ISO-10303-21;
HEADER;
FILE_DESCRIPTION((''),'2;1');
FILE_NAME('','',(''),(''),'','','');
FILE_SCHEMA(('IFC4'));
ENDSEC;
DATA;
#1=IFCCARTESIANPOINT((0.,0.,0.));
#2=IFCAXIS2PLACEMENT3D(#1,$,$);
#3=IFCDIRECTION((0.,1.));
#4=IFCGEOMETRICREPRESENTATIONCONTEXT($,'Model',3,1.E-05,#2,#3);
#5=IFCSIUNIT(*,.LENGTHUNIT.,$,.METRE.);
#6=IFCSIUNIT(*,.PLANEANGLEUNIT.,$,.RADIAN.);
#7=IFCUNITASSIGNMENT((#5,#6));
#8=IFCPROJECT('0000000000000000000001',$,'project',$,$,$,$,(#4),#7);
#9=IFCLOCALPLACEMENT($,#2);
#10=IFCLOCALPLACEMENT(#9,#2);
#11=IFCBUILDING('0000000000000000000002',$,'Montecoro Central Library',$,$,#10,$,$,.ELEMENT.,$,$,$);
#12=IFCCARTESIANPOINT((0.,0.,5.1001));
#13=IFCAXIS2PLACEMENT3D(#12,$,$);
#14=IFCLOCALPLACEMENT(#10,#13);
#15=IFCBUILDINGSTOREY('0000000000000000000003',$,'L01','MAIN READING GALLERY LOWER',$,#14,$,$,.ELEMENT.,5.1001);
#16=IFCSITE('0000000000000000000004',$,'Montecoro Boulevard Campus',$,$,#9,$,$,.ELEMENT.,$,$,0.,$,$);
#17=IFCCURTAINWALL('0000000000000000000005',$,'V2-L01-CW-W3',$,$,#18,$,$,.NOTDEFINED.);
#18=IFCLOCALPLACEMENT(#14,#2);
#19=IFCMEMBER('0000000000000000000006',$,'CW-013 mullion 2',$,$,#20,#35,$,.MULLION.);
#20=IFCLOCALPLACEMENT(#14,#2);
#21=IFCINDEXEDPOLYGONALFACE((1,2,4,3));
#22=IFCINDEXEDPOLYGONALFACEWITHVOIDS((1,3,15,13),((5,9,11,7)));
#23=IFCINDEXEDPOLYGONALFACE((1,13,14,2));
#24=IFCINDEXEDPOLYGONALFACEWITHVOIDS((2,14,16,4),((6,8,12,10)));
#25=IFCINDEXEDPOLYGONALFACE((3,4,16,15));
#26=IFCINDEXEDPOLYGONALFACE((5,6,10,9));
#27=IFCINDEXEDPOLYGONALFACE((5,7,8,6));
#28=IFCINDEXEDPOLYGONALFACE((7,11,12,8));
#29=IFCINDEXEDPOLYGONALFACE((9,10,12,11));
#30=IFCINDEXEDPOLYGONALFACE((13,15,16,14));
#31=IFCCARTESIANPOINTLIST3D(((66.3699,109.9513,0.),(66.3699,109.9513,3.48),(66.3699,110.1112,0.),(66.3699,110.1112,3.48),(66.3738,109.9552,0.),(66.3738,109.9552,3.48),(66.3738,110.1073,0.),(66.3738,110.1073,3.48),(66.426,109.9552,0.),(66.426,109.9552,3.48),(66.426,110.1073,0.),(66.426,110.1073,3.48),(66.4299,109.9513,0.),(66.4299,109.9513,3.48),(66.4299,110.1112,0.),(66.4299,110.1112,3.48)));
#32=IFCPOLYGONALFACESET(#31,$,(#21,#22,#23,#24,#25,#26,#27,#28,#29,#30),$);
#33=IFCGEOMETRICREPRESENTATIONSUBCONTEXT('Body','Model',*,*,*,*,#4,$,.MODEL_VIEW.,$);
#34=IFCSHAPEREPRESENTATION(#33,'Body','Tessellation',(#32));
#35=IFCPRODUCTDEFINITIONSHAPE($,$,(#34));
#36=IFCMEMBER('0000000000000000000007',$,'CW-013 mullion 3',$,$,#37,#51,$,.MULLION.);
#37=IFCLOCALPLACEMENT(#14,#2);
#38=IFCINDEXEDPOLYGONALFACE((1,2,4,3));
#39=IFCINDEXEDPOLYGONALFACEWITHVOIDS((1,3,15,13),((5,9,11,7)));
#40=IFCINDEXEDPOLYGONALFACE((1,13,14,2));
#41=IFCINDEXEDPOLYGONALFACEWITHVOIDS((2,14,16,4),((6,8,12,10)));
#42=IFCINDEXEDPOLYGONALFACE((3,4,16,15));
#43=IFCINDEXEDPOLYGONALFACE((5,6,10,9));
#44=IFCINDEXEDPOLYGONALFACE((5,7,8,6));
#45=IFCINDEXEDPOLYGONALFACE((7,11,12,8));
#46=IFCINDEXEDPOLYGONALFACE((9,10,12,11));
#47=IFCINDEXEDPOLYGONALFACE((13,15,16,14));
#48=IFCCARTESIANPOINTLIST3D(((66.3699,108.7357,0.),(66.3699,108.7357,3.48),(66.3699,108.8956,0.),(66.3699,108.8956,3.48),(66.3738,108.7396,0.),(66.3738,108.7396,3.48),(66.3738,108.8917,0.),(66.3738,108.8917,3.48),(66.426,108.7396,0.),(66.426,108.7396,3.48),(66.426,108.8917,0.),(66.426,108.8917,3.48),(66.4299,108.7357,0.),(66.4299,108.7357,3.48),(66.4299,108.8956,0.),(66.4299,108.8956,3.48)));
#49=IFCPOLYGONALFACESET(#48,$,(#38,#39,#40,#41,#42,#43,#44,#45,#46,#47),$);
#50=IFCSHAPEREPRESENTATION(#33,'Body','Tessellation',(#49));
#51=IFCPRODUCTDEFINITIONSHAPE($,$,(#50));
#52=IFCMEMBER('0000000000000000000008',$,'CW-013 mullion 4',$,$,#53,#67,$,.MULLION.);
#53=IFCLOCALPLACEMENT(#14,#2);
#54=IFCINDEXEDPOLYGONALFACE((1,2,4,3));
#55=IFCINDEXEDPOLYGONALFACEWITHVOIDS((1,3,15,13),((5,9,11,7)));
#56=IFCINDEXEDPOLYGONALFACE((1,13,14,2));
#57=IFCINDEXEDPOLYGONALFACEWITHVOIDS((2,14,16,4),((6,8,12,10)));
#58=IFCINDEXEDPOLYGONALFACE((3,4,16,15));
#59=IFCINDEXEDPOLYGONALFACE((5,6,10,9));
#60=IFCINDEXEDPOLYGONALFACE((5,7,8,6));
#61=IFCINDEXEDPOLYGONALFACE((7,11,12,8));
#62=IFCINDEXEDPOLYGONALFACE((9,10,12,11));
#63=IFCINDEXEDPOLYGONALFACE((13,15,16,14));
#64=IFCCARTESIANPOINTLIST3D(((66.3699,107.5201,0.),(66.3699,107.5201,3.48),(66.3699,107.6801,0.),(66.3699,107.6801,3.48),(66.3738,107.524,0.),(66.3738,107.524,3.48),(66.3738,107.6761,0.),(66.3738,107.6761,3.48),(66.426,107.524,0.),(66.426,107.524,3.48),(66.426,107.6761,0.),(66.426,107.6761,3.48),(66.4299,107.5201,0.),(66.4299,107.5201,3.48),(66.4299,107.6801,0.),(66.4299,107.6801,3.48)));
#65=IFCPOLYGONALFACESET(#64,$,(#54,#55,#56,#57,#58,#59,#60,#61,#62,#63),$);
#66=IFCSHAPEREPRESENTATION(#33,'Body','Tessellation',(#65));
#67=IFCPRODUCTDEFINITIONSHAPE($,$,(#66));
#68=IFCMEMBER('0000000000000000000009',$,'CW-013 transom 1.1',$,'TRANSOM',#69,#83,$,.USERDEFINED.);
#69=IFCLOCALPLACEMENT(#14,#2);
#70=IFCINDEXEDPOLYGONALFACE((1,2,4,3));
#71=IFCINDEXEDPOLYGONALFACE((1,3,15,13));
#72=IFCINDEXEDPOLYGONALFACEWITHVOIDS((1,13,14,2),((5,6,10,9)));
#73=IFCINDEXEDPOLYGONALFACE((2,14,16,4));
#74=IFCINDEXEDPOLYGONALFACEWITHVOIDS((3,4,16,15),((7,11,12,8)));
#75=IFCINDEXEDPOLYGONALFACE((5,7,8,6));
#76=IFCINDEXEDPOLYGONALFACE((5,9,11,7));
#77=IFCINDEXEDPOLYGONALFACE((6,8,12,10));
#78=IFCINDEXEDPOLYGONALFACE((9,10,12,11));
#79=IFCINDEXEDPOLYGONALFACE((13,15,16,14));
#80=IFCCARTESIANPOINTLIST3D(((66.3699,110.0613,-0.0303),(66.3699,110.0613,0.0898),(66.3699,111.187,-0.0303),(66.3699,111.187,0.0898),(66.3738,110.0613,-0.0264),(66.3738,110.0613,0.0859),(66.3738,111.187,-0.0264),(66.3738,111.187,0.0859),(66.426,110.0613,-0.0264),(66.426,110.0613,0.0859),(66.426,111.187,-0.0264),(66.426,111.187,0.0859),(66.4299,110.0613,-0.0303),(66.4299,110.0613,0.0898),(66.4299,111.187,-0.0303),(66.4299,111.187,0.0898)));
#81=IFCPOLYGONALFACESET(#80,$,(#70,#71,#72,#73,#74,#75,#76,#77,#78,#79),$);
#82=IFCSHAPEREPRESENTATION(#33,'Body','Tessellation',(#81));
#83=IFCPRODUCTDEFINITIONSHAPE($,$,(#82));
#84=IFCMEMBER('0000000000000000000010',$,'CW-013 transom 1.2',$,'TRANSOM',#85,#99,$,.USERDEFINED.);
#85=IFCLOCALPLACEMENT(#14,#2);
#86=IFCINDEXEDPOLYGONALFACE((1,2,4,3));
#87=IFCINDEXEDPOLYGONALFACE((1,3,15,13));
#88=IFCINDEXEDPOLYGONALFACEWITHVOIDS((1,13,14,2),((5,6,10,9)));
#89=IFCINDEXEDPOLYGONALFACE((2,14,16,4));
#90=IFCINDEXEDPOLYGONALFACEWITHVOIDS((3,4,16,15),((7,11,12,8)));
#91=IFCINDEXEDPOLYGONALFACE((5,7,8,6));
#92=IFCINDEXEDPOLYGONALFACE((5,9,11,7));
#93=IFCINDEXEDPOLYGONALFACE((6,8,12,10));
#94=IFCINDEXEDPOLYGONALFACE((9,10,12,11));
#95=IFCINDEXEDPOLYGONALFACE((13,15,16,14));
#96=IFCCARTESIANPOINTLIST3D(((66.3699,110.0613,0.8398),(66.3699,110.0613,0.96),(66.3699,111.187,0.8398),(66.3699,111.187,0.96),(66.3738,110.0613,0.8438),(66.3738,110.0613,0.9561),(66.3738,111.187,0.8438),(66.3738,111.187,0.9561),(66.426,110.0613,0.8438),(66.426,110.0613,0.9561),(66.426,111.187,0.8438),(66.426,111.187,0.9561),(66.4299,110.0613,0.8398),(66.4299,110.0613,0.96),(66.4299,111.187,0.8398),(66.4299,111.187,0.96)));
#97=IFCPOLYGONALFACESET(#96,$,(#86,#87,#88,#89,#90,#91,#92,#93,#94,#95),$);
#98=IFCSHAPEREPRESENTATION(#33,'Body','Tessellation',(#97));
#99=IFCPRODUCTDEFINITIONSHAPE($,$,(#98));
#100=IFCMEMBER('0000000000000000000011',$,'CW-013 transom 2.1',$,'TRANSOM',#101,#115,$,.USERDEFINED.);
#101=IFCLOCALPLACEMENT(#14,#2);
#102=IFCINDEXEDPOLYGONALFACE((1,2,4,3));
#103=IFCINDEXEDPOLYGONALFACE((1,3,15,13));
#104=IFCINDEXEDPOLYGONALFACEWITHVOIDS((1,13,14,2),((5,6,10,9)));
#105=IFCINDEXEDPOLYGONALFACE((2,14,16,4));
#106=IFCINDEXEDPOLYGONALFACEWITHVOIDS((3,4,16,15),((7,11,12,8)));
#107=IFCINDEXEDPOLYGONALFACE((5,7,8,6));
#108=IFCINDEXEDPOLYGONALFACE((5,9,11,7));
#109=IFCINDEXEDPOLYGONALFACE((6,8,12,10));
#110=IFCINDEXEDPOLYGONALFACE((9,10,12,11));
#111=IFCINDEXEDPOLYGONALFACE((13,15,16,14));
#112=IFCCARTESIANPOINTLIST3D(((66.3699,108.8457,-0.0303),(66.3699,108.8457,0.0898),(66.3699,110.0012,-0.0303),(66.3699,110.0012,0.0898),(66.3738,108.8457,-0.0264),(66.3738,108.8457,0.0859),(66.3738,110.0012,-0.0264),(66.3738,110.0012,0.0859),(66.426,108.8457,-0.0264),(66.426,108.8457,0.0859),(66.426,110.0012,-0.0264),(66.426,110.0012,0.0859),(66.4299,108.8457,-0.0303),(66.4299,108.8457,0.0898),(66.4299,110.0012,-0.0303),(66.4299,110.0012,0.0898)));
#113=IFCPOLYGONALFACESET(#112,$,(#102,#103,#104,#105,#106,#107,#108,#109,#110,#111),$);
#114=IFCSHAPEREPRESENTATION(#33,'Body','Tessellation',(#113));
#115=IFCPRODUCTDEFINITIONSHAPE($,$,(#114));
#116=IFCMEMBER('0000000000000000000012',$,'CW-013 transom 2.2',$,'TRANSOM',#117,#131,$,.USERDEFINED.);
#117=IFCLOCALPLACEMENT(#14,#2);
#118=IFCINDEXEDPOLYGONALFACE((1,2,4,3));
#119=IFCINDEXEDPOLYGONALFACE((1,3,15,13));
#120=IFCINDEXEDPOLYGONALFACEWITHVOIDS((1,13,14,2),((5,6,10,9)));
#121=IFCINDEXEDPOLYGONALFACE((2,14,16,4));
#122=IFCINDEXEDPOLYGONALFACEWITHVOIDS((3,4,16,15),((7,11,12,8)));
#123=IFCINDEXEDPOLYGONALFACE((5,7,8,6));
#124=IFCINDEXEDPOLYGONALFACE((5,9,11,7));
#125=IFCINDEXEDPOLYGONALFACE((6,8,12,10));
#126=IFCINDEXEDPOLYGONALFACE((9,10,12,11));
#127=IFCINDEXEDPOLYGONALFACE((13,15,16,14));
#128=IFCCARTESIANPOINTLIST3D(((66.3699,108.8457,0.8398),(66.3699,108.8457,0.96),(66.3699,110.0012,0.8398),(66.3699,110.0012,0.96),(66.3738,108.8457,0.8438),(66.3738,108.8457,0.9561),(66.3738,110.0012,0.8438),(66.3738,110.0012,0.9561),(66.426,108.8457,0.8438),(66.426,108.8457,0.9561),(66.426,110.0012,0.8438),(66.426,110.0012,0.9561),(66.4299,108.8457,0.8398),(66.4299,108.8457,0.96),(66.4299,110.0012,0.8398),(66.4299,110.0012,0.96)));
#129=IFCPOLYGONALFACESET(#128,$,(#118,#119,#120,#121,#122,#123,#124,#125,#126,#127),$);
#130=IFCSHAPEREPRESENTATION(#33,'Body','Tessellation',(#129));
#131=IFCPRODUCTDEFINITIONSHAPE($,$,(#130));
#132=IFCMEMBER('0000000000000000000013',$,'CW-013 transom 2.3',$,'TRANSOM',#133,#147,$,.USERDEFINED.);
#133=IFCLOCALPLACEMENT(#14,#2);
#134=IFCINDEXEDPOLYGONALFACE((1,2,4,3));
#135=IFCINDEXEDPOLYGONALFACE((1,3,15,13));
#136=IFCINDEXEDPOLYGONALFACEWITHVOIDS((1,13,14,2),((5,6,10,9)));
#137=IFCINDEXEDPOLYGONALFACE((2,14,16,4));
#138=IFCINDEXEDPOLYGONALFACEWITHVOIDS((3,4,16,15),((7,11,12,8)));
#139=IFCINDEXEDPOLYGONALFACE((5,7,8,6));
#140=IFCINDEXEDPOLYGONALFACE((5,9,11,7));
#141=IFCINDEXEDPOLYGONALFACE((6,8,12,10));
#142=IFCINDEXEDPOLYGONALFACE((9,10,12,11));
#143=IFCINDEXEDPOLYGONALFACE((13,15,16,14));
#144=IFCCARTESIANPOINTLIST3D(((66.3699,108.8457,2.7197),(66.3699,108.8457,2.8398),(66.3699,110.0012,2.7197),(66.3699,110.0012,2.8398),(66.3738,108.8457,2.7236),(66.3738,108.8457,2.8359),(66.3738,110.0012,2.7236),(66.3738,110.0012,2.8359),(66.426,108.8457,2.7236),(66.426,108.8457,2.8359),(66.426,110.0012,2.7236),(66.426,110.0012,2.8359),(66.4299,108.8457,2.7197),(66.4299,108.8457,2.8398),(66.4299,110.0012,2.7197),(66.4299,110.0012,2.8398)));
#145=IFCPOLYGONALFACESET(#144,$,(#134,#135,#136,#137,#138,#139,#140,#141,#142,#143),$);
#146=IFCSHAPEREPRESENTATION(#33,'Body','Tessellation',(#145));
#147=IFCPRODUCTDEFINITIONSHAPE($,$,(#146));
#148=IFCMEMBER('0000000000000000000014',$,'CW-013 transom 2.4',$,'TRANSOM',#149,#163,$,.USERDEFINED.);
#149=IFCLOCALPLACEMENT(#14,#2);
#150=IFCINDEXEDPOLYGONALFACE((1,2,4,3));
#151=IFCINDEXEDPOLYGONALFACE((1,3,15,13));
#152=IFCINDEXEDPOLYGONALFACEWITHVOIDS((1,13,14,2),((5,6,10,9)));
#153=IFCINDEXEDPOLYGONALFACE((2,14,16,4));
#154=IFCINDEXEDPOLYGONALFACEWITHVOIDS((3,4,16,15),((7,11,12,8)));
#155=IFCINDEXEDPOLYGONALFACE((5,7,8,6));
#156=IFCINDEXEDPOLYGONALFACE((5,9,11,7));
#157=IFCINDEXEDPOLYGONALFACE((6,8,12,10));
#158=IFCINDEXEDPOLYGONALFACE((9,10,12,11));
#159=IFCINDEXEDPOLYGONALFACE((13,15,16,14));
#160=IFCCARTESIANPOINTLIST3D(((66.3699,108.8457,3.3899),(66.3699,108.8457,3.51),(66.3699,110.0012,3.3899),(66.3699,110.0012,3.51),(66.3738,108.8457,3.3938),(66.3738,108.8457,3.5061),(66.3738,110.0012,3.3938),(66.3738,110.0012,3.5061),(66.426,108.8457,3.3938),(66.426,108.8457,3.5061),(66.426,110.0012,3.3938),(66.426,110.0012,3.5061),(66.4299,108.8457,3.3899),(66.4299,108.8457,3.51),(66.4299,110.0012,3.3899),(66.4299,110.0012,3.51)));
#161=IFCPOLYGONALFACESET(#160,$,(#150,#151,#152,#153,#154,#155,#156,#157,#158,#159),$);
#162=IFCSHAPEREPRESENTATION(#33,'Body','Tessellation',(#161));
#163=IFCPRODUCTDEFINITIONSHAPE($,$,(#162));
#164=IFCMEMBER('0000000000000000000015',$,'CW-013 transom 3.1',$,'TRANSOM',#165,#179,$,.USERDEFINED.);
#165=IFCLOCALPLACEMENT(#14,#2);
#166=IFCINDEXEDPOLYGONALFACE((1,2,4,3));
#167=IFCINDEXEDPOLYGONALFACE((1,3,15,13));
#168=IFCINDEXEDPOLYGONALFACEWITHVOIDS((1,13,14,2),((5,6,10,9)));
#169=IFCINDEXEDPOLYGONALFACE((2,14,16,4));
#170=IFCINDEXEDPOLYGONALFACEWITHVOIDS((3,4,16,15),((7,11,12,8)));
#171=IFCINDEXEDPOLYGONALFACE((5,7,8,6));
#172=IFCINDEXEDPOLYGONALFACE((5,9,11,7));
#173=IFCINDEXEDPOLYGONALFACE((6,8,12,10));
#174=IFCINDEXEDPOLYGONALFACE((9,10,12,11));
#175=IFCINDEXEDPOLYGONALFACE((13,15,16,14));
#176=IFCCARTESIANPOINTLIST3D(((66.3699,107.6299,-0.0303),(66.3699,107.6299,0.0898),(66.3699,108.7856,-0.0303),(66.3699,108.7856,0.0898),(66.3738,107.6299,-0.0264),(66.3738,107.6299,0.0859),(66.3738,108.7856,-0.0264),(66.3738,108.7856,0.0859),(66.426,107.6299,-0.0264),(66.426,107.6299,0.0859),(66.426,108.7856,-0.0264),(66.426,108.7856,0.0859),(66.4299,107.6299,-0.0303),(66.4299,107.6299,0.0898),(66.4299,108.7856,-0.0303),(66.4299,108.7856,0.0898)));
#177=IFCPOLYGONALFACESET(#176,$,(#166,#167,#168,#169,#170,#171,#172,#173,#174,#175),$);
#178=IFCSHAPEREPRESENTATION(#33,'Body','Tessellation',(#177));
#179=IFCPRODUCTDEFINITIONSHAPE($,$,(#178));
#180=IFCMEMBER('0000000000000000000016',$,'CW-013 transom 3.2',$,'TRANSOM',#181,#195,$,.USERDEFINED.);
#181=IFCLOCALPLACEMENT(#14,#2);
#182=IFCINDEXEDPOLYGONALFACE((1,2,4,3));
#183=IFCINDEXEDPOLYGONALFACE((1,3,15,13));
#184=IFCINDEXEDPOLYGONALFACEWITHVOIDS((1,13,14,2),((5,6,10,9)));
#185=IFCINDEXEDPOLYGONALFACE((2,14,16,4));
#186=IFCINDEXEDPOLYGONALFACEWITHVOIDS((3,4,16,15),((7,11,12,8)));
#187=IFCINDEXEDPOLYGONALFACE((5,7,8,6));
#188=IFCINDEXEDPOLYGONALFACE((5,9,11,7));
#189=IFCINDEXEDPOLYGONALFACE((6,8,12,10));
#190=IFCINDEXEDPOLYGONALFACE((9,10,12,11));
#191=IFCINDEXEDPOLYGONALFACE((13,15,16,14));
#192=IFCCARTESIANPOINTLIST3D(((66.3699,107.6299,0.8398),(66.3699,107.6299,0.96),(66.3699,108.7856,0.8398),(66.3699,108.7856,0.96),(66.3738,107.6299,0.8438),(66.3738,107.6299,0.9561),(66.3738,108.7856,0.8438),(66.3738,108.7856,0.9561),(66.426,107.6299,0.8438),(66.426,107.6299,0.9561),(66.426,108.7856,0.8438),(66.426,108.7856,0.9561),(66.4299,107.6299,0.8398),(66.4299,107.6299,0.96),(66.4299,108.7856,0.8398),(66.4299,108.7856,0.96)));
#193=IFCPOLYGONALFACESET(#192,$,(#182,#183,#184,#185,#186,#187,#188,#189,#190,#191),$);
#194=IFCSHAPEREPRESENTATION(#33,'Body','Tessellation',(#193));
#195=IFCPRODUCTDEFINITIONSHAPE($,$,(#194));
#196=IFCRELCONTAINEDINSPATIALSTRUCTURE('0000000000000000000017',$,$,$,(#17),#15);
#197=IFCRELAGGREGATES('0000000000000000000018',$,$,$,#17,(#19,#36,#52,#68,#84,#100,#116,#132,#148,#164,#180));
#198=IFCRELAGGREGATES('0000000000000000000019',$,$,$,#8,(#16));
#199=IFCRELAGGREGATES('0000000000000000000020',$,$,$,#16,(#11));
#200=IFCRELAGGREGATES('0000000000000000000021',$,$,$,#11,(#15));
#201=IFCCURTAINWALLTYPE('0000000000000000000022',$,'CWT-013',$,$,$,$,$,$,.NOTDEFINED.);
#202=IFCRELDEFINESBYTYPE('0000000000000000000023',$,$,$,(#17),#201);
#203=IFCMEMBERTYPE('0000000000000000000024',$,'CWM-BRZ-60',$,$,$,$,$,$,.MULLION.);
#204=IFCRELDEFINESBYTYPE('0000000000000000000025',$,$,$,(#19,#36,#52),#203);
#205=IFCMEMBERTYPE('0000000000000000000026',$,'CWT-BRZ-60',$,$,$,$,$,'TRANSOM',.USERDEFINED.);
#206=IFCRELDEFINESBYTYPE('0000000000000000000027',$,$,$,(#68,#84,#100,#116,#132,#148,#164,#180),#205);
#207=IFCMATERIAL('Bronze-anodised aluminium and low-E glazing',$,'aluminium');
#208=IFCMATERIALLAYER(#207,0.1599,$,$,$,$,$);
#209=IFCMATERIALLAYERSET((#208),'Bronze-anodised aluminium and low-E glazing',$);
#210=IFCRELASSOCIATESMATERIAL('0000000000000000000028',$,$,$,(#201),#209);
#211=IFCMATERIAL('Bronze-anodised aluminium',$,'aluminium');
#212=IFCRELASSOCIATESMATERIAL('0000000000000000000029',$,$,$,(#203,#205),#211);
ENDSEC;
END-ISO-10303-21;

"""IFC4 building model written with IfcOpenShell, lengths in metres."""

from ifc_helpers import new_model, si_unit, direction, frame, origin, origin_2d, place, context, subcontext, project, spatial, hollow_rectangle, extrude, material, layer, layer_set, material_profile, profile_set, type_object, element, aggregate, save


model = new_model("IFC4")

# Units and contexts
model_context = context("Model", 3, precision=1e-05, world=origin(), true_north=direction((0.0, 1.0)))
body_context = subcontext(model_context, "Body", "Model", "MODEL_VIEW")
ifc_project = project(units=[si_unit("LENGTHUNIT", "METRE"), si_unit("PLANEANGLEUNIT", "RADIAN")], contexts=[model_context])

# Site, building, storey
site_placement = place(None, origin())
site = spatial("IfcSite", under=ifc_project, at=site_placement, Name="Montecoro Boulevard Campus", CompositionType="ELEMENT", RefElevation=0.0)
building_placement = place(site_placement, origin())
building = spatial("IfcBuilding", under=site, at=building_placement, Name="Montecoro Central Library", CompositionType="ELEMENT")
storey_placement = place(building_placement, frame((0.0, 0.0, 5.1001)))
storey = spatial("IfcBuildingStorey", under=building, at=storey_placement, Name="L01", Description="MAIN READING GALLERY LOWER", CompositionType="ELEMENT", Elevation=5.1001)

# Curtain wall, members
ifc_material_1 = material(Name="Bronze-anodised aluminium and low-E glazing", Category="aluminium")
ifc_layer_1 = layer(ifc_material_1, 0.1599)
ifc_layer_set_1 = layer_set([ifc_layer_1], Name="Bronze-anodised aluminium and low-E glazing")
curtain_wall_type = type_object("IfcCurtainWallType", Name="CWT-013", PredefinedType="NOTDEFINED", material=ifc_layer_set_1)
curtain_wall_placement = place(storey_placement, origin())
curtain_wall = element("IfcCurtainWall", 1, at=curtain_wall_placement, inside=storey, type_object=curtain_wall_type, Name="V2-L01-CW-W3", PredefinedType="NOTDEFINED")
ifc_material_2 = material(Name="Bronze-anodised aluminium", Category="aluminium")
ifc_material_profile_1 = material_profile(ifc_material_2, hollow_rectangle(XDim=0.0601, YDim=0.1599, WallThickness=0.0039, at=origin_2d()), Name="CWM 160x60x4.0")
ifc_profile_set_1 = profile_set([ifc_material_profile_1], Name="Bronze-anodised aluminium")
member_type_1 = type_object("IfcMemberType", Name="CWM-BRZ-60", PredefinedType="MULLION", material=ifc_profile_set_1)
member_1_placement = place(storey_placement, frame((66.3999, 110.0312, 0.0), z_axis=(0.0, 0.0, 1.0), x_axis=(1.0, 0.0, 0.0)))
member_1 = element("IfcMember", 2, at=member_1_placement, type_object=member_type_1, Name="CW-013 mullion 2", PredefinedType="MULLION", context=body_context, shape_type="SweptSolid", body=[
    extrude(hollow_rectangle(XDim=0.0601, YDim=0.1599, WallThickness=0.0039, at=origin_2d()), origin(), (0.0, 0.0, 1.0), 3.48),
])
member_2_placement = place(storey_placement, frame((66.3999, 108.8157, 0.0), z_axis=(0.0, 0.0, 1.0), x_axis=(1.0, 0.0, 0.0)))
member_2 = element("IfcMember", 3, at=member_2_placement, type_object=member_type_1, Name="CW-013 mullion 3", PredefinedType="MULLION", context=body_context, shape_type="SweptSolid", body=[
    extrude(hollow_rectangle(XDim=0.0601, YDim=0.1599, WallThickness=0.0039, at=origin_2d()), origin(), (0.0, 0.0, 1.0), 3.48),
])
member_3_placement = place(storey_placement, frame((66.3999, 107.6001, 0.0), z_axis=(0.0, 0.0, 1.0), x_axis=(1.0, 0.0, 0.0)))
member_3 = element("IfcMember", 4, at=member_3_placement, type_object=member_type_1, Name="CW-013 mullion 4", PredefinedType="MULLION", context=body_context, shape_type="SweptSolid", body=[
    extrude(hollow_rectangle(XDim=0.0601, YDim=0.1599, WallThickness=0.0039, at=origin_2d()), origin(), (0.0, 0.0, 1.0), 3.48),
])
ifc_material_profile_2 = material_profile(ifc_material_2, hollow_rectangle(XDim=0.0601, YDim=0.1201, WallThickness=0.0039, at=origin_2d()), Name="CWT 120x60x4.0")
ifc_profile_set_2 = profile_set([ifc_material_profile_2], Name="Bronze-anodised aluminium")
member_type_2 = type_object("IfcMemberType", Name="CWT-BRZ-60", ElementType="TRANSOM", PredefinedType="USERDEFINED", material=ifc_profile_set_2)
member_4_placement = place(storey_placement, frame((66.3999, 111.187, 0.0298), z_axis=(0.0, -1.0, 0.0), x_axis=(1.0, 0.0, 0.0)))
member_4 = element("IfcMember", 5, at=member_4_placement, type_object=member_type_2, Name="CW-013 transom 1.1", ObjectType="TRANSOM", PredefinedType="USERDEFINED", context=body_context, shape_type="SweptSolid", body=[
    extrude(hollow_rectangle(XDim=0.0601, YDim=0.1201, WallThickness=0.0039, at=origin_2d()), origin(), (0.0, 0.0, 1.0), 1.1257),
])
member_5_placement = place(storey_placement, frame((66.3999, 111.187, 0.8999), z_axis=(0.0, -1.0, 0.0), x_axis=(1.0, 0.0, 0.0)))
member_5 = element("IfcMember", 6, at=member_5_placement, type_object=member_type_2, Name="CW-013 transom 1.2", ObjectType="TRANSOM", PredefinedType="USERDEFINED", context=body_context, shape_type="SweptSolid", body=[
    extrude(hollow_rectangle(XDim=0.0601, YDim=0.1201, WallThickness=0.0039, at=origin_2d()), origin(), (0.0, 0.0, 1.0), 1.1257),
])
member_6_placement = place(storey_placement, frame((66.3999, 110.0012, 0.0298), z_axis=(0.0, -1.0, 0.0), x_axis=(1.0, 0.0, 0.0)))
member_6 = element("IfcMember", 7, at=member_6_placement, type_object=member_type_2, Name="CW-013 transom 2.1", ObjectType="TRANSOM", PredefinedType="USERDEFINED", context=body_context, shape_type="SweptSolid", body=[
    extrude(hollow_rectangle(XDim=0.0601, YDim=0.1201, WallThickness=0.0039, at=origin_2d()), origin(), (0.0, 0.0, 1.0), 1.1555),
])
member_7_placement = place(storey_placement, frame((66.3999, 110.0012, 0.8999), z_axis=(0.0, -1.0, 0.0), x_axis=(1.0, 0.0, 0.0)))
member_7 = element("IfcMember", 8, at=member_7_placement, type_object=member_type_2, Name="CW-013 transom 2.2", ObjectType="TRANSOM", PredefinedType="USERDEFINED", context=body_context, shape_type="SweptSolid", body=[
    extrude(hollow_rectangle(XDim=0.0601, YDim=0.1201, WallThickness=0.0039, at=origin_2d()), origin(), (0.0, 0.0, 1.0), 1.1555),
])
member_8_placement = place(storey_placement, frame((66.3999, 110.0012, 2.7798), z_axis=(0.0, -1.0, 0.0), x_axis=(1.0, 0.0, 0.0)))
member_8 = element("IfcMember", 9, at=member_8_placement, type_object=member_type_2, Name="CW-013 transom 2.3", ObjectType="TRANSOM", PredefinedType="USERDEFINED", context=body_context, shape_type="SweptSolid", body=[
    extrude(hollow_rectangle(XDim=0.0601, YDim=0.1201, WallThickness=0.0039, at=origin_2d()), origin(), (0.0, 0.0, 1.0), 1.1555),
])
member_9_placement = place(storey_placement, frame((66.3999, 110.0012, 3.45), z_axis=(0.0, -1.0, 0.0), x_axis=(1.0, 0.0, 0.0)))
member_9 = element("IfcMember", 10, at=member_9_placement, type_object=member_type_2, Name="CW-013 transom 2.4", ObjectType="TRANSOM", PredefinedType="USERDEFINED", context=body_context, shape_type="SweptSolid", body=[
    extrude(hollow_rectangle(XDim=0.0601, YDim=0.1201, WallThickness=0.0039, at=origin_2d()), origin(), (0.0, 0.0, 1.0), 1.1555),
])
member_10_placement = place(storey_placement, frame((66.3999, 108.7856, 0.0298), z_axis=(0.0, -1.0, 0.0), x_axis=(1.0, 0.0, 0.0)))
member_10 = element("IfcMember", 11, at=member_10_placement, type_object=member_type_2, Name="CW-013 transom 3.1", ObjectType="TRANSOM", PredefinedType="USERDEFINED", context=body_context, shape_type="SweptSolid", body=[
    extrude(hollow_rectangle(XDim=0.0601, YDim=0.1201, WallThickness=0.0039, at=origin_2d()), origin(), (0.0, 0.0, 1.0), 1.1558),
])
member_11_placement = place(storey_placement, frame((66.3999, 108.7856, 0.8999), z_axis=(0.0, -1.0, 0.0), x_axis=(1.0, 0.0, 0.0)))
member_11 = element("IfcMember", 12, at=member_11_placement, type_object=member_type_2, Name="CW-013 transom 3.2", ObjectType="TRANSOM", PredefinedType="USERDEFINED", context=body_context, shape_type="SweptSolid", body=[
    extrude(hollow_rectangle(XDim=0.0601, YDim=0.1201, WallThickness=0.0039, at=origin_2d()), origin(), (0.0, 0.0, 1.0), 1.1558),
])
aggregate(curtain_wall, [member_1, member_2, member_3, member_4, member_5, member_6, member_7, member_8, member_9, member_10, member_11])

save(model, "model.ifc")
